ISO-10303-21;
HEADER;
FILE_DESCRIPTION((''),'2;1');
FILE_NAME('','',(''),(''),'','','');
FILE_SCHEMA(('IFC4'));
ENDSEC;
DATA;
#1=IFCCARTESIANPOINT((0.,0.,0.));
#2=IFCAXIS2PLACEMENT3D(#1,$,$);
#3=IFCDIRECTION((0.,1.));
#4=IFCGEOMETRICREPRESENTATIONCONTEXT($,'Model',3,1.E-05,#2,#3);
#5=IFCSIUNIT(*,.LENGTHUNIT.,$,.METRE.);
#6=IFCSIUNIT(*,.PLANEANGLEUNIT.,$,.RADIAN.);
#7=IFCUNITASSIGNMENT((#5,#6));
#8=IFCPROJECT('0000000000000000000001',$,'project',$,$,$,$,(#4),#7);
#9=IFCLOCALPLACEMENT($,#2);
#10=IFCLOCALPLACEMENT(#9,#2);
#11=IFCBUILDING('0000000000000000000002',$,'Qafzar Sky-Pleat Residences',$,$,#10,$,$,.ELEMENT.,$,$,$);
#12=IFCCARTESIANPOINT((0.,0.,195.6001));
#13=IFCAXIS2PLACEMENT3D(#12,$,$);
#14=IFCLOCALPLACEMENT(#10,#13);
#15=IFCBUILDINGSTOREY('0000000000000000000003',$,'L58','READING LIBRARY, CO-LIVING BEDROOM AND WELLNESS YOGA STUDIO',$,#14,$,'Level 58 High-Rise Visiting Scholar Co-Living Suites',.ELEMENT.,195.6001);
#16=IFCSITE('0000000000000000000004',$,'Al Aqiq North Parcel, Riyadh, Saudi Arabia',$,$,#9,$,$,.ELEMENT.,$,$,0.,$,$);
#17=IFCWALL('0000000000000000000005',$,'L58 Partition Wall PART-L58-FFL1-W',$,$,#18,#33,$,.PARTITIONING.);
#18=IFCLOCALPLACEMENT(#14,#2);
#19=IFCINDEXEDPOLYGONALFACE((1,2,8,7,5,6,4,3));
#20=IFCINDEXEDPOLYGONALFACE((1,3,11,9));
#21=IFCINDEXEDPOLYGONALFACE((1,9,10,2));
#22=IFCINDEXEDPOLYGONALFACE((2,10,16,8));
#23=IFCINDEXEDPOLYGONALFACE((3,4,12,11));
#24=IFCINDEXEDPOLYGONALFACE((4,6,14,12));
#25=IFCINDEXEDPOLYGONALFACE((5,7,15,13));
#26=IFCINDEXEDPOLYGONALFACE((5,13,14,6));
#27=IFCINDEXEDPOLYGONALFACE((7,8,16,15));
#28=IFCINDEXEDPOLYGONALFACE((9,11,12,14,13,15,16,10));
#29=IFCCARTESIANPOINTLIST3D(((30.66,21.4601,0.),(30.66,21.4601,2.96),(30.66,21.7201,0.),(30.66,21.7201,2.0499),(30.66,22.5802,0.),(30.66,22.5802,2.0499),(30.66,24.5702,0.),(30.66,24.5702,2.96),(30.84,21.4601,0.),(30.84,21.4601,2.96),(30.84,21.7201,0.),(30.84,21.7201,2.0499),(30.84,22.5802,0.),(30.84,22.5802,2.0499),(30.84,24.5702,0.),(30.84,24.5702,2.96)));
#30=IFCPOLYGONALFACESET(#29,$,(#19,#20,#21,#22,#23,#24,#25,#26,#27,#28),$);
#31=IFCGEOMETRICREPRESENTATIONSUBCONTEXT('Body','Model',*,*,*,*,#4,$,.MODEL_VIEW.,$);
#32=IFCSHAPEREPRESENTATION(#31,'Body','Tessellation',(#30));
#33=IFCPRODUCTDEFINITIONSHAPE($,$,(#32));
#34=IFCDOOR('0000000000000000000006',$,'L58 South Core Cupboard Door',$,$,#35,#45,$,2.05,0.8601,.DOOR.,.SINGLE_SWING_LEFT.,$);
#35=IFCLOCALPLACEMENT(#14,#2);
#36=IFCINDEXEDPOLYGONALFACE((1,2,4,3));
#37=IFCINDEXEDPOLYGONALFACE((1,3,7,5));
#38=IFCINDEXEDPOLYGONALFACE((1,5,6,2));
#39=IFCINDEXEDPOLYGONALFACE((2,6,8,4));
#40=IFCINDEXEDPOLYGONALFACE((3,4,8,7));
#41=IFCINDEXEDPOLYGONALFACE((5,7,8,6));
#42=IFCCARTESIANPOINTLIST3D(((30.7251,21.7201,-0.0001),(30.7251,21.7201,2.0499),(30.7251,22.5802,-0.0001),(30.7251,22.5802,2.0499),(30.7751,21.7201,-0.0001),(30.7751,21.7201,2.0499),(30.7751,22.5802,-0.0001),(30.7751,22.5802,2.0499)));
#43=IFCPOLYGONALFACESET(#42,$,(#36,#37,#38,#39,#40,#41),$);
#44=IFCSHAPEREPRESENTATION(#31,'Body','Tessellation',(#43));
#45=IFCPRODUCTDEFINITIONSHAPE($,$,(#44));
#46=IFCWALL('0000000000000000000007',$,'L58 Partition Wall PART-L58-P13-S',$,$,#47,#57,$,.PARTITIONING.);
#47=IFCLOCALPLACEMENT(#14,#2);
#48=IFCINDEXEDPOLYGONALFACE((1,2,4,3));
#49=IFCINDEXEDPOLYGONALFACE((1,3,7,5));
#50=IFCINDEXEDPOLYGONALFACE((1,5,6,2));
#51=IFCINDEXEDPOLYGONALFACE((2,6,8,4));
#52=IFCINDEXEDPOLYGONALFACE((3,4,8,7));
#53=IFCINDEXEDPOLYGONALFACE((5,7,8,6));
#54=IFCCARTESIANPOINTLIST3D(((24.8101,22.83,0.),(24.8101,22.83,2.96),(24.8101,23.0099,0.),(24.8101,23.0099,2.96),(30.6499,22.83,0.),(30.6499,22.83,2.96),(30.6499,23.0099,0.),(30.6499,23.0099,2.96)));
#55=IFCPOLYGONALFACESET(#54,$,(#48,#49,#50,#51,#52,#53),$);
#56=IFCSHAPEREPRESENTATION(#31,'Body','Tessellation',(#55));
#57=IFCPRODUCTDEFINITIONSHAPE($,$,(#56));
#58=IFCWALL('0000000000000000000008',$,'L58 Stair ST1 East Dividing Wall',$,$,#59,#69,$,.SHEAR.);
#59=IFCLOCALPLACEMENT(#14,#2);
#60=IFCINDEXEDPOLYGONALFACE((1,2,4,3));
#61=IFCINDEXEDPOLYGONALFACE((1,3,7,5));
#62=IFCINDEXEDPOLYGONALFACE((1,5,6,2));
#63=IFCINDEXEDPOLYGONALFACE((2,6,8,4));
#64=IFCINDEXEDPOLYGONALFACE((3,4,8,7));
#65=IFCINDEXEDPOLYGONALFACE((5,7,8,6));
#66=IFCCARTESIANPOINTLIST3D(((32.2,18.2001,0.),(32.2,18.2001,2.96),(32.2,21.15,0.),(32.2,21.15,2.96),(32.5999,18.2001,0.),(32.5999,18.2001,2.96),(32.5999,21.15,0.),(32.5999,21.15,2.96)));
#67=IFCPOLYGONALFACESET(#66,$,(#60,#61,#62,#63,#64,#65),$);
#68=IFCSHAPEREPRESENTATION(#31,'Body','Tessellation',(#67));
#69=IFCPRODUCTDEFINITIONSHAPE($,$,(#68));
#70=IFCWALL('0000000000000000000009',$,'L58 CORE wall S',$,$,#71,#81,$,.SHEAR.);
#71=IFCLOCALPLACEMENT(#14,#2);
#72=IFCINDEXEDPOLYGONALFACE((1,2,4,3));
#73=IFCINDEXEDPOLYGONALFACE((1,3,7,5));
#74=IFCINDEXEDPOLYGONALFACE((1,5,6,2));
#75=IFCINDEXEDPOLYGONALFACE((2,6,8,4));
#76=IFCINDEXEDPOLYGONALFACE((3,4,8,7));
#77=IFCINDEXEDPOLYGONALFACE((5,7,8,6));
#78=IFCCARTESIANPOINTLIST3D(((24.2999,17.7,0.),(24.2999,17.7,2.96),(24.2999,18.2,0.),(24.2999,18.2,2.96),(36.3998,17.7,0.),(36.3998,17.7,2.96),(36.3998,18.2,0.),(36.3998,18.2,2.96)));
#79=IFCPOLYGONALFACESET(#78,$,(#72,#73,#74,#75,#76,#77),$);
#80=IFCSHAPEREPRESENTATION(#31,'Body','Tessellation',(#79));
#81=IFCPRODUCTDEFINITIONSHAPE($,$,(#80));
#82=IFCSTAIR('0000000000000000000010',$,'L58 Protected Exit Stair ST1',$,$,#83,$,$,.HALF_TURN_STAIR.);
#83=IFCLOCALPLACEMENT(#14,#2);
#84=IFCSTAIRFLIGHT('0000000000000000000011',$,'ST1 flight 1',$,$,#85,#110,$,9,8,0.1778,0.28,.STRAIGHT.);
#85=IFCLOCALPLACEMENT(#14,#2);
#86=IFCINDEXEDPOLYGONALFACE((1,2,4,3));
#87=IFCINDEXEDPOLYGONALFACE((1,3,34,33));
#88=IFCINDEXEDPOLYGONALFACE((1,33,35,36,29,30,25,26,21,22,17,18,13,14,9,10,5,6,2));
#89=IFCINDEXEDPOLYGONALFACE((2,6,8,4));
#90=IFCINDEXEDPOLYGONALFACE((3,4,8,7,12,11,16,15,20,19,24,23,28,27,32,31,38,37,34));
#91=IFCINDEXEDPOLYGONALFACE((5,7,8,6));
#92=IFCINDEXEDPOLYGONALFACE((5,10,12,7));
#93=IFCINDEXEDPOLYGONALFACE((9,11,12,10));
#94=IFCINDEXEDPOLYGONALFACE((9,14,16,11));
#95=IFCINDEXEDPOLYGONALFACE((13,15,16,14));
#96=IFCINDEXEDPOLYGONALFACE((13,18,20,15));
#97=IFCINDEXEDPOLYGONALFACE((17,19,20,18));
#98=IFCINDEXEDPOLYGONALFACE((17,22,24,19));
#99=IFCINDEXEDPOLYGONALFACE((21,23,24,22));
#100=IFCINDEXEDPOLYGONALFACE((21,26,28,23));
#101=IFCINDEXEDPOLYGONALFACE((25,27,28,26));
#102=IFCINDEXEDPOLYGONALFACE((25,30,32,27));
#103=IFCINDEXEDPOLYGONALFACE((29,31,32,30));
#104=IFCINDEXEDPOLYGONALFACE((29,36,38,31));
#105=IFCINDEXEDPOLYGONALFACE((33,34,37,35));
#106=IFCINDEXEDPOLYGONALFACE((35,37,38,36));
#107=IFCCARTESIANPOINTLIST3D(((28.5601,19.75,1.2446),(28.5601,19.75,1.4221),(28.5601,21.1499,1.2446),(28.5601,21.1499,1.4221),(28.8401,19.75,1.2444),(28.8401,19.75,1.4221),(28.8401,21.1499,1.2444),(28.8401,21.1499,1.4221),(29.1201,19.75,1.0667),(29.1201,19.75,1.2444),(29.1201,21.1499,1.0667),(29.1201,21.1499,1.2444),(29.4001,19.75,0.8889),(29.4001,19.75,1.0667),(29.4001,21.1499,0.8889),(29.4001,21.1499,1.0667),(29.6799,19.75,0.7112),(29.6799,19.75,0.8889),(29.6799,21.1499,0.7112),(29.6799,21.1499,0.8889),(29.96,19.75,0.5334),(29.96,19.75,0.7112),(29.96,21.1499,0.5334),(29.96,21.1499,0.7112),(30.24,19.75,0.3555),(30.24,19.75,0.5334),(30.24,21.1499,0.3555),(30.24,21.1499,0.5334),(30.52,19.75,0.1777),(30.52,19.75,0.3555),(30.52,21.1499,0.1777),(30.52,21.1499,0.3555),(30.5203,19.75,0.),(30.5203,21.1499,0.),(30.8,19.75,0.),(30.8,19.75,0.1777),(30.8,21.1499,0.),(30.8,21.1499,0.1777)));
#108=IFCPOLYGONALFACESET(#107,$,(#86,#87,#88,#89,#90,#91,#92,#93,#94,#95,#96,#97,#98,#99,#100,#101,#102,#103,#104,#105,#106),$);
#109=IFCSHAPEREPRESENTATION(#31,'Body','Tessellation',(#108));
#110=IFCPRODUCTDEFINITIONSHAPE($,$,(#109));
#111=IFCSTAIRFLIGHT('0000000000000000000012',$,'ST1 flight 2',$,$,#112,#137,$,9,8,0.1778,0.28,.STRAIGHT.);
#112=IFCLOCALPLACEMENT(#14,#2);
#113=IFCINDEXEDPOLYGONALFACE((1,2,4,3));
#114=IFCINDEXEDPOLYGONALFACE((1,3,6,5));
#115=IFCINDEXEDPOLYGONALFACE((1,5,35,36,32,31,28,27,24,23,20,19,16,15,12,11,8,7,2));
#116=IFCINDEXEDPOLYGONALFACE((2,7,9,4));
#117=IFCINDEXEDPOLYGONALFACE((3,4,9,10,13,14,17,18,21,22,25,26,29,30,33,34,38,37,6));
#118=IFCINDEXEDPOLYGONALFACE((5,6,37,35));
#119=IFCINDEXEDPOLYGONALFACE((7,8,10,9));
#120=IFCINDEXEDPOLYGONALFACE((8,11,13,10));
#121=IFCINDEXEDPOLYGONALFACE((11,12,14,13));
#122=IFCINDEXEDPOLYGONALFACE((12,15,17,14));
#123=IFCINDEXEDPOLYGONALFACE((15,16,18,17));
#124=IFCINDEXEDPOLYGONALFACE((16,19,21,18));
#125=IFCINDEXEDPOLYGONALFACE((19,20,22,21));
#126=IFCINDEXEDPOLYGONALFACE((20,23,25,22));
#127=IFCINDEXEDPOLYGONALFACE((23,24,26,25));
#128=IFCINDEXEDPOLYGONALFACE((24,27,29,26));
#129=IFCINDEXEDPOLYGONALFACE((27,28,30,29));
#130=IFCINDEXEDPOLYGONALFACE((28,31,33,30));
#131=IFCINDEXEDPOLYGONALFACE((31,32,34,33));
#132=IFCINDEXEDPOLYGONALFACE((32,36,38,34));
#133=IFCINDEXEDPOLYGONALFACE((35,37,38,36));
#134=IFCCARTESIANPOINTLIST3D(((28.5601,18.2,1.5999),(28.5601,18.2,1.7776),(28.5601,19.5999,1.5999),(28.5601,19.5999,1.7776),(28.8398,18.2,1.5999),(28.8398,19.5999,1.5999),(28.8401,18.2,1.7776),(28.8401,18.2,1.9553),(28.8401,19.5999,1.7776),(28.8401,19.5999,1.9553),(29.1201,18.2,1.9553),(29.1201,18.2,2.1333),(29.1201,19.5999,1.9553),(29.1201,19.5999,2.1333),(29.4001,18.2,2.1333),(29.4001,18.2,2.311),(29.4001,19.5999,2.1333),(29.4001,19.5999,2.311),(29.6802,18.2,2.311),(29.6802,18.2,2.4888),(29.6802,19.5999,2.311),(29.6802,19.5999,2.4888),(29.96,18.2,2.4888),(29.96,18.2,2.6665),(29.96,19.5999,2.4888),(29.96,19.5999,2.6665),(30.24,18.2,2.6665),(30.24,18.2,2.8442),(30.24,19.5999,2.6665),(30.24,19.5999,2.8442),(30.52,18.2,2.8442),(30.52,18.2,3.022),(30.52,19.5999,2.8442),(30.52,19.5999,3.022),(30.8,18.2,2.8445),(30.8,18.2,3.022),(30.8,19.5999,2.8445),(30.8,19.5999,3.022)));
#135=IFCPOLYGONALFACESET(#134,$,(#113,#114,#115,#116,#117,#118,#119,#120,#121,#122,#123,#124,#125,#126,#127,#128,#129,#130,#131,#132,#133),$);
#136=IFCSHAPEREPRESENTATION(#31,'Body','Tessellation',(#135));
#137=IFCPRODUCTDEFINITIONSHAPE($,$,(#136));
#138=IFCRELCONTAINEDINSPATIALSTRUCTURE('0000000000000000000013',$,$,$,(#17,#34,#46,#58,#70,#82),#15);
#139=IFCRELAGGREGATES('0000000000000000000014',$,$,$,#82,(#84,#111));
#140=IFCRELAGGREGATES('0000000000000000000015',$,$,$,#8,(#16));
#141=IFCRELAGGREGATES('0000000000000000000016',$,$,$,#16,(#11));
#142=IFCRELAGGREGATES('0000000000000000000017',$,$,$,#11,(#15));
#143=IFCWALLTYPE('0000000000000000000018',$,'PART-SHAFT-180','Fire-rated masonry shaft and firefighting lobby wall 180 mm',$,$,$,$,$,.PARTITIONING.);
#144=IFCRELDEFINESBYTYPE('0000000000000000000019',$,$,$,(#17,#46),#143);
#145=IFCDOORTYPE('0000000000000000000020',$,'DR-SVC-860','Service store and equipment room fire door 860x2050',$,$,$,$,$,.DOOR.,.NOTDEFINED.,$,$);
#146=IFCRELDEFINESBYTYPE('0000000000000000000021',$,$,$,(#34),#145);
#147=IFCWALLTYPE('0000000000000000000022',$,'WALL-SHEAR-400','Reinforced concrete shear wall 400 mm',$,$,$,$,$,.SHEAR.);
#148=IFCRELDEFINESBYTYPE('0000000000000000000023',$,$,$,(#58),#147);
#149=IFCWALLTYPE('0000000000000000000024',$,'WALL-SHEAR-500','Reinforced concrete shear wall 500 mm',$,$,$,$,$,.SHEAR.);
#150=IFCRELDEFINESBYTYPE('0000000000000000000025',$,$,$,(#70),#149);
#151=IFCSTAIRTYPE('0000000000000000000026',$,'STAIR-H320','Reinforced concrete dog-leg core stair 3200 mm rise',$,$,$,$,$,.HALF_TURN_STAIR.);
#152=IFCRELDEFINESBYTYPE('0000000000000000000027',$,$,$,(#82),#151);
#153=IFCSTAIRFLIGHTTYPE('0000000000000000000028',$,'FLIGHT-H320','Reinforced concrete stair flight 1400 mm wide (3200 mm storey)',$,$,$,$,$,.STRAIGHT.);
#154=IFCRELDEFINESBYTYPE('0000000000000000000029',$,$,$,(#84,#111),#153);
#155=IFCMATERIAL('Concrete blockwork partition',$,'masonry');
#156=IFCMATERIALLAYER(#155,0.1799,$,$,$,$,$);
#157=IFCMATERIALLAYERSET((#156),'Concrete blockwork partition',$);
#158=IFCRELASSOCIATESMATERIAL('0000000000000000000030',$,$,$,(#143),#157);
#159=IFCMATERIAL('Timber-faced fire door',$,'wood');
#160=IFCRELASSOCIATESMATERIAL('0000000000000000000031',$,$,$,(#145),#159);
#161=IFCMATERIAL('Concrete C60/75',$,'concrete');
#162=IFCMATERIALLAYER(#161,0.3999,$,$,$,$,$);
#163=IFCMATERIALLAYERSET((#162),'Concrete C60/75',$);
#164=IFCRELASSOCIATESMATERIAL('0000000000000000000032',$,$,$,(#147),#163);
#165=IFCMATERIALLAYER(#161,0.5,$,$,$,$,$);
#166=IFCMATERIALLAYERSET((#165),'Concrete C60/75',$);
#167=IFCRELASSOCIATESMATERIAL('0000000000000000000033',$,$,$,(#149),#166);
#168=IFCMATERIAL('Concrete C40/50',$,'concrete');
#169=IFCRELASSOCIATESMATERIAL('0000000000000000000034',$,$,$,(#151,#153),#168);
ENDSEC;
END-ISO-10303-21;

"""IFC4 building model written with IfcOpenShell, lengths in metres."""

from ifc_helpers import new_model, si_unit, direction, frame, frame_2d, origin, place, context, subcontext, project, spatial, polyline, rectangle, outline, extrude, source, transform, mapped, material, layer, layer_set, type_object, element, fill, aggregate, save


model = new_model("IFC4")

# Units and contexts
model_context = context("Model", 3, precision=1e-05, world=origin(), true_north=direction((0.0, 1.0)))
body_context = subcontext(model_context, "Body", "Model", "MODEL_VIEW")
ifc_project = project(units=[si_unit("LENGTHUNIT", "METRE"), si_unit("PLANEANGLEUNIT", "RADIAN")], contexts=[model_context])

# Site, building, storey
site_placement = place(None, origin())
site = spatial("IfcSite", under=ifc_project, at=site_placement, Name="Al Aqiq North Parcel, Riyadh, Saudi Arabia", CompositionType="ELEMENT", RefElevation=0.0)
building_placement = place(site_placement, origin())
building = spatial("IfcBuilding", under=site, at=building_placement, Name="Qafzar Sky-Pleat Residences", CompositionType="ELEMENT")
storey_placement = place(building_placement, frame((0.0, 0.0, 195.6001)))
storey = spatial("IfcBuildingStorey", under=building, at=storey_placement, Name="L58", Description="READING LIBRARY, CO-LIVING BEDROOM AND WELLNESS YOGA STUDIO", LongName="Level 58 High-Rise Visiting Scholar Co-Living Suites", CompositionType="ELEMENT", Elevation=195.6001)

# Shared definitions
ifc_material_1 = material(Name="Timber-faced fire door", Category="wood")

# Wall, opening, door
ifc_material_2 = material(Name="Concrete blockwork partition", Category="masonry")
ifc_layer_1 = layer(ifc_material_2, 0.1799)
ifc_layer_set_1 = layer_set([ifc_layer_1], Name="Concrete blockwork partition")
wall_type_1 = type_object("IfcWallType", Name="PART-SHAFT-180", Description="Fire-rated masonry shaft and firefighting lobby wall 180 mm", PredefinedType="PARTITIONING", material=ifc_layer_set_1)
wall_1_placement = place(storey_placement, frame((30.75, 21.46, 0.0), z_axis=(0.0, 0.0, 1.0), x_axis=(0.0, 1.0, 0.0)))
wall_1 = element("IfcWall", 1, at=wall_1_placement, inside=storey, type_object=wall_type_1, Name="L58 Partition Wall PART-L58-FFL1-W", PredefinedType="PARTITIONING", context=body_context, shape_type="SweptSolid", body=[
    extrude(rectangle(XDim=3.1101, YDim=0.1799, at=frame_2d((1.5552, 0.0))), origin(), (0.0, 0.0, 1.0), 2.96),
])
opening_1_placement = place(wall_1_placement, frame((0.26, 0.0, 0.0)))
opening_1 = element("IfcOpeningElement", 2, at=opening_1_placement, cuts=wall_1, PredefinedType="OPENING", context=body_context, shape_type="SweptSolid", body=[
    extrude(rectangle(XDim=0.8601, YDim=2.05, at=frame_2d((0.4302, 1.0249))), frame((0.0, 0.1001, 0.0), z_axis=(0.0, -1.0, 0.0), x_axis=(1.0, 0.0, 0.0)), (0.0, 0.0, 1.0), 0.2),
])
door_type_1 = type_object("IfcDoorType", Name="DR-SVC-860", Description="Service store and equipment room fire door 860x2050", OperationType="NOTDEFINED", PredefinedType="DOOR", material=ifc_material_1)
shared_shape_1 = source(origin(), body_context, "Body", "SweptSolid", [
    extrude(rectangle(XDim=0.8601, YDim=2.05, at=frame_2d((0.4302, 1.0249))), frame((0.0, 0.0249, 0.0), z_axis=(0.0, -1.0, 0.0), x_axis=(1.0, 0.0, 0.0)), (0.0, 0.0, 1.0), 0.05),
])
door_1_placement = place(opening_1_placement, origin())
door_1 = element("IfcDoor", 3, at=door_1_placement, inside=storey, type_object=door_type_1, Name="L58 South Core Cupboard Door", OperationType="SINGLE_SWING_LEFT", OverallHeight=2.05, OverallWidth=0.8601, PredefinedType="DOOR", context=body_context, shape_type="MappedRepresentation", body=[
    mapped(shared_shape_1, transform((0.0, 0.0, 0.0), x_axis=(1.0, 0.0, 0.0), y_axis=(0.0, 1.0, 0.0), z_axis=(0.0, 0.0, 1.0), scale=1.0)),
])
fill(opening_1, door_1)

# Wall
wall_2_placement = place(storey_placement, frame((24.8101, 22.9199, 0.0), z_axis=(0.0, 0.0, 1.0), x_axis=(1.0, 0.0, 0.0)))
element("IfcWall", 4, at=wall_2_placement, inside=storey, type_object=wall_type_1, Name="L58 Partition Wall PART-L58-P13-S", PredefinedType="PARTITIONING", context=body_context, shape_type="SweptSolid", body=[
    extrude(rectangle(XDim=5.8398, YDim=0.1799, at=frame_2d((2.9199, 0.0))), origin(), (0.0, 0.0, 1.0), 2.96),
])

# Shared definitions
ifc_material_3 = material(Name="Concrete C60/75", Category="concrete")

# Walls
ifc_layer_2 = layer(ifc_material_3, 0.3999)
ifc_layer_set_2 = layer_set([ifc_layer_2], Name="Concrete C60/75")
wall_type_2 = type_object("IfcWallType", Name="WALL-SHEAR-400", Description="Reinforced concrete shear wall 400 mm", PredefinedType="SHEAR", material=ifc_layer_set_2)
wall_3_placement = place(storey_placement, frame((32.3999, 18.2, 0.0), z_axis=(0.0, 0.0, 1.0), x_axis=(0.0, 1.0, 0.0)))
element("IfcWall", 5, at=wall_3_placement, inside=storey, type_object=wall_type_2, Name="L58 Stair ST1 East Dividing Wall", PredefinedType="SHEAR", context=body_context, shape_type="SweptSolid", body=[
    extrude(rectangle(XDim=2.95, YDim=0.3999, at=frame_2d((1.4751, 0.0))), origin(), (0.0, 0.0, 1.0), 2.96),
])
ifc_layer_3 = layer(ifc_material_3, 0.5)
ifc_layer_set_3 = layer_set([ifc_layer_3], Name="Concrete C60/75")
wall_type_3 = type_object("IfcWallType", Name="WALL-SHEAR-500", Description="Reinforced concrete shear wall 500 mm", PredefinedType="SHEAR", material=ifc_layer_set_3)
wall_4_placement = place(storey_placement, frame((24.3, 17.95, 0.0), z_axis=(0.0, 0.0, 1.0), x_axis=(1.0, 0.0, 0.0)))
element("IfcWall", 6, at=wall_4_placement, inside=storey, type_object=wall_type_3, Name="L58 CORE wall S", PredefinedType="SHEAR", context=body_context, shape_type="SweptSolid", body=[
    extrude(rectangle(XDim=12.0999, YDim=0.5, at=frame_2d((6.0498, 0.0))), origin(), (0.0, 0.0, 1.0), 2.96),
])

# Stair, stair flights
ifc_material_4 = material(Name="Concrete C40/50", Category="concrete")
stair_type = type_object("IfcStairType", Name="STAIR-H320", Description="Reinforced concrete dog-leg core stair 3200 mm rise", PredefinedType="HALF_TURN_STAIR", material=ifc_material_4)
stair_placement = place(storey_placement, origin())
stair = element("IfcStair", 7, at=stair_placement, inside=storey, type_object=stair_type, Name="L58 Protected Exit Stair ST1", PredefinedType="HALF_TURN_STAIR")
stair_flight_type = type_object("IfcStairFlightType", Name="FLIGHT-H320", Description="Reinforced concrete stair flight 1400 mm wide (3200 mm storey)", PredefinedType="STRAIGHT", material=ifc_material_4)
shared_shape_2 = source(origin(), body_context, "Body", "SweptSolid", [
    extrude(outline(polyline([(0.0, 0.0), (0.0, 0.1777), (0.28, 0.1777), (0.28, 0.3555), (0.5601, 0.3555), (0.5601, 0.5334), (0.8401, 0.5334), (0.8401, 0.7112), (1.1201, 0.7112), (1.1201, 0.8889), (1.3999, 0.8889), (1.3999, 1.0667), (1.6799, 1.0667), (1.6799, 1.2444), (1.96, 1.2444), (1.96, 1.4221), (2.24, 1.4221), (2.24, 1.6001), (2.24, 1.2446), (0.2798, 0.0), (0.0, 0.0)])), frame((0.0, 0.7, 0.0), z_axis=(0.0, -1.0, 0.0), x_axis=(1.0, 0.0, 0.0)), (0.0, 0.0, 1.0), 1.3999),
])
stair_flight_1_placement = place(storey_placement, frame((30.8, 20.45, 0.0), z_axis=(0.0, 0.0, 1.0), x_axis=(-1.0, 0.0, 0.0)))
stair_flight_1 = element("IfcStairFlight", 8, at=stair_flight_1_placement, type_object=stair_flight_type, Name="ST1 flight 1", NumberOfRisers=9, NumberOfTreads=8, PredefinedType="STRAIGHT", RiserHeight=0.1778, TreadLength=0.28, context=body_context, shape_type="MappedRepresentation", body=[
    mapped(shared_shape_2, transform((0.0, 0.0, 0.0), x_axis=(1.0, 0.0, 0.0), y_axis=(0.0, 1.0, 0.0), z_axis=(0.0, 0.0, 1.0), scale=1.0)),
])
stair_flight_2_placement = place(storey_placement, frame((28.5601, 18.8999, 1.5999), z_axis=(0.0, 0.0, 1.0), x_axis=(1.0, 0.0, 0.0)))
stair_flight_2 = element("IfcStairFlight", 9, at=stair_flight_2_placement, type_object=stair_flight_type, Name="ST1 flight 2", NumberOfRisers=9, NumberOfTreads=8, PredefinedType="STRAIGHT", RiserHeight=0.1778, TreadLength=0.28, context=body_context, shape_type="MappedRepresentation", body=[
    mapped(shared_shape_2, transform((0.0, 0.0, 0.0), x_axis=(1.0, 0.0, 0.0), y_axis=(0.0, 1.0, 0.0), z_axis=(0.0, 0.0, 1.0), scale=1.0)),
])
aggregate(stair, [stair_flight_1, stair_flight_2])

save(model, "model.ifc")
